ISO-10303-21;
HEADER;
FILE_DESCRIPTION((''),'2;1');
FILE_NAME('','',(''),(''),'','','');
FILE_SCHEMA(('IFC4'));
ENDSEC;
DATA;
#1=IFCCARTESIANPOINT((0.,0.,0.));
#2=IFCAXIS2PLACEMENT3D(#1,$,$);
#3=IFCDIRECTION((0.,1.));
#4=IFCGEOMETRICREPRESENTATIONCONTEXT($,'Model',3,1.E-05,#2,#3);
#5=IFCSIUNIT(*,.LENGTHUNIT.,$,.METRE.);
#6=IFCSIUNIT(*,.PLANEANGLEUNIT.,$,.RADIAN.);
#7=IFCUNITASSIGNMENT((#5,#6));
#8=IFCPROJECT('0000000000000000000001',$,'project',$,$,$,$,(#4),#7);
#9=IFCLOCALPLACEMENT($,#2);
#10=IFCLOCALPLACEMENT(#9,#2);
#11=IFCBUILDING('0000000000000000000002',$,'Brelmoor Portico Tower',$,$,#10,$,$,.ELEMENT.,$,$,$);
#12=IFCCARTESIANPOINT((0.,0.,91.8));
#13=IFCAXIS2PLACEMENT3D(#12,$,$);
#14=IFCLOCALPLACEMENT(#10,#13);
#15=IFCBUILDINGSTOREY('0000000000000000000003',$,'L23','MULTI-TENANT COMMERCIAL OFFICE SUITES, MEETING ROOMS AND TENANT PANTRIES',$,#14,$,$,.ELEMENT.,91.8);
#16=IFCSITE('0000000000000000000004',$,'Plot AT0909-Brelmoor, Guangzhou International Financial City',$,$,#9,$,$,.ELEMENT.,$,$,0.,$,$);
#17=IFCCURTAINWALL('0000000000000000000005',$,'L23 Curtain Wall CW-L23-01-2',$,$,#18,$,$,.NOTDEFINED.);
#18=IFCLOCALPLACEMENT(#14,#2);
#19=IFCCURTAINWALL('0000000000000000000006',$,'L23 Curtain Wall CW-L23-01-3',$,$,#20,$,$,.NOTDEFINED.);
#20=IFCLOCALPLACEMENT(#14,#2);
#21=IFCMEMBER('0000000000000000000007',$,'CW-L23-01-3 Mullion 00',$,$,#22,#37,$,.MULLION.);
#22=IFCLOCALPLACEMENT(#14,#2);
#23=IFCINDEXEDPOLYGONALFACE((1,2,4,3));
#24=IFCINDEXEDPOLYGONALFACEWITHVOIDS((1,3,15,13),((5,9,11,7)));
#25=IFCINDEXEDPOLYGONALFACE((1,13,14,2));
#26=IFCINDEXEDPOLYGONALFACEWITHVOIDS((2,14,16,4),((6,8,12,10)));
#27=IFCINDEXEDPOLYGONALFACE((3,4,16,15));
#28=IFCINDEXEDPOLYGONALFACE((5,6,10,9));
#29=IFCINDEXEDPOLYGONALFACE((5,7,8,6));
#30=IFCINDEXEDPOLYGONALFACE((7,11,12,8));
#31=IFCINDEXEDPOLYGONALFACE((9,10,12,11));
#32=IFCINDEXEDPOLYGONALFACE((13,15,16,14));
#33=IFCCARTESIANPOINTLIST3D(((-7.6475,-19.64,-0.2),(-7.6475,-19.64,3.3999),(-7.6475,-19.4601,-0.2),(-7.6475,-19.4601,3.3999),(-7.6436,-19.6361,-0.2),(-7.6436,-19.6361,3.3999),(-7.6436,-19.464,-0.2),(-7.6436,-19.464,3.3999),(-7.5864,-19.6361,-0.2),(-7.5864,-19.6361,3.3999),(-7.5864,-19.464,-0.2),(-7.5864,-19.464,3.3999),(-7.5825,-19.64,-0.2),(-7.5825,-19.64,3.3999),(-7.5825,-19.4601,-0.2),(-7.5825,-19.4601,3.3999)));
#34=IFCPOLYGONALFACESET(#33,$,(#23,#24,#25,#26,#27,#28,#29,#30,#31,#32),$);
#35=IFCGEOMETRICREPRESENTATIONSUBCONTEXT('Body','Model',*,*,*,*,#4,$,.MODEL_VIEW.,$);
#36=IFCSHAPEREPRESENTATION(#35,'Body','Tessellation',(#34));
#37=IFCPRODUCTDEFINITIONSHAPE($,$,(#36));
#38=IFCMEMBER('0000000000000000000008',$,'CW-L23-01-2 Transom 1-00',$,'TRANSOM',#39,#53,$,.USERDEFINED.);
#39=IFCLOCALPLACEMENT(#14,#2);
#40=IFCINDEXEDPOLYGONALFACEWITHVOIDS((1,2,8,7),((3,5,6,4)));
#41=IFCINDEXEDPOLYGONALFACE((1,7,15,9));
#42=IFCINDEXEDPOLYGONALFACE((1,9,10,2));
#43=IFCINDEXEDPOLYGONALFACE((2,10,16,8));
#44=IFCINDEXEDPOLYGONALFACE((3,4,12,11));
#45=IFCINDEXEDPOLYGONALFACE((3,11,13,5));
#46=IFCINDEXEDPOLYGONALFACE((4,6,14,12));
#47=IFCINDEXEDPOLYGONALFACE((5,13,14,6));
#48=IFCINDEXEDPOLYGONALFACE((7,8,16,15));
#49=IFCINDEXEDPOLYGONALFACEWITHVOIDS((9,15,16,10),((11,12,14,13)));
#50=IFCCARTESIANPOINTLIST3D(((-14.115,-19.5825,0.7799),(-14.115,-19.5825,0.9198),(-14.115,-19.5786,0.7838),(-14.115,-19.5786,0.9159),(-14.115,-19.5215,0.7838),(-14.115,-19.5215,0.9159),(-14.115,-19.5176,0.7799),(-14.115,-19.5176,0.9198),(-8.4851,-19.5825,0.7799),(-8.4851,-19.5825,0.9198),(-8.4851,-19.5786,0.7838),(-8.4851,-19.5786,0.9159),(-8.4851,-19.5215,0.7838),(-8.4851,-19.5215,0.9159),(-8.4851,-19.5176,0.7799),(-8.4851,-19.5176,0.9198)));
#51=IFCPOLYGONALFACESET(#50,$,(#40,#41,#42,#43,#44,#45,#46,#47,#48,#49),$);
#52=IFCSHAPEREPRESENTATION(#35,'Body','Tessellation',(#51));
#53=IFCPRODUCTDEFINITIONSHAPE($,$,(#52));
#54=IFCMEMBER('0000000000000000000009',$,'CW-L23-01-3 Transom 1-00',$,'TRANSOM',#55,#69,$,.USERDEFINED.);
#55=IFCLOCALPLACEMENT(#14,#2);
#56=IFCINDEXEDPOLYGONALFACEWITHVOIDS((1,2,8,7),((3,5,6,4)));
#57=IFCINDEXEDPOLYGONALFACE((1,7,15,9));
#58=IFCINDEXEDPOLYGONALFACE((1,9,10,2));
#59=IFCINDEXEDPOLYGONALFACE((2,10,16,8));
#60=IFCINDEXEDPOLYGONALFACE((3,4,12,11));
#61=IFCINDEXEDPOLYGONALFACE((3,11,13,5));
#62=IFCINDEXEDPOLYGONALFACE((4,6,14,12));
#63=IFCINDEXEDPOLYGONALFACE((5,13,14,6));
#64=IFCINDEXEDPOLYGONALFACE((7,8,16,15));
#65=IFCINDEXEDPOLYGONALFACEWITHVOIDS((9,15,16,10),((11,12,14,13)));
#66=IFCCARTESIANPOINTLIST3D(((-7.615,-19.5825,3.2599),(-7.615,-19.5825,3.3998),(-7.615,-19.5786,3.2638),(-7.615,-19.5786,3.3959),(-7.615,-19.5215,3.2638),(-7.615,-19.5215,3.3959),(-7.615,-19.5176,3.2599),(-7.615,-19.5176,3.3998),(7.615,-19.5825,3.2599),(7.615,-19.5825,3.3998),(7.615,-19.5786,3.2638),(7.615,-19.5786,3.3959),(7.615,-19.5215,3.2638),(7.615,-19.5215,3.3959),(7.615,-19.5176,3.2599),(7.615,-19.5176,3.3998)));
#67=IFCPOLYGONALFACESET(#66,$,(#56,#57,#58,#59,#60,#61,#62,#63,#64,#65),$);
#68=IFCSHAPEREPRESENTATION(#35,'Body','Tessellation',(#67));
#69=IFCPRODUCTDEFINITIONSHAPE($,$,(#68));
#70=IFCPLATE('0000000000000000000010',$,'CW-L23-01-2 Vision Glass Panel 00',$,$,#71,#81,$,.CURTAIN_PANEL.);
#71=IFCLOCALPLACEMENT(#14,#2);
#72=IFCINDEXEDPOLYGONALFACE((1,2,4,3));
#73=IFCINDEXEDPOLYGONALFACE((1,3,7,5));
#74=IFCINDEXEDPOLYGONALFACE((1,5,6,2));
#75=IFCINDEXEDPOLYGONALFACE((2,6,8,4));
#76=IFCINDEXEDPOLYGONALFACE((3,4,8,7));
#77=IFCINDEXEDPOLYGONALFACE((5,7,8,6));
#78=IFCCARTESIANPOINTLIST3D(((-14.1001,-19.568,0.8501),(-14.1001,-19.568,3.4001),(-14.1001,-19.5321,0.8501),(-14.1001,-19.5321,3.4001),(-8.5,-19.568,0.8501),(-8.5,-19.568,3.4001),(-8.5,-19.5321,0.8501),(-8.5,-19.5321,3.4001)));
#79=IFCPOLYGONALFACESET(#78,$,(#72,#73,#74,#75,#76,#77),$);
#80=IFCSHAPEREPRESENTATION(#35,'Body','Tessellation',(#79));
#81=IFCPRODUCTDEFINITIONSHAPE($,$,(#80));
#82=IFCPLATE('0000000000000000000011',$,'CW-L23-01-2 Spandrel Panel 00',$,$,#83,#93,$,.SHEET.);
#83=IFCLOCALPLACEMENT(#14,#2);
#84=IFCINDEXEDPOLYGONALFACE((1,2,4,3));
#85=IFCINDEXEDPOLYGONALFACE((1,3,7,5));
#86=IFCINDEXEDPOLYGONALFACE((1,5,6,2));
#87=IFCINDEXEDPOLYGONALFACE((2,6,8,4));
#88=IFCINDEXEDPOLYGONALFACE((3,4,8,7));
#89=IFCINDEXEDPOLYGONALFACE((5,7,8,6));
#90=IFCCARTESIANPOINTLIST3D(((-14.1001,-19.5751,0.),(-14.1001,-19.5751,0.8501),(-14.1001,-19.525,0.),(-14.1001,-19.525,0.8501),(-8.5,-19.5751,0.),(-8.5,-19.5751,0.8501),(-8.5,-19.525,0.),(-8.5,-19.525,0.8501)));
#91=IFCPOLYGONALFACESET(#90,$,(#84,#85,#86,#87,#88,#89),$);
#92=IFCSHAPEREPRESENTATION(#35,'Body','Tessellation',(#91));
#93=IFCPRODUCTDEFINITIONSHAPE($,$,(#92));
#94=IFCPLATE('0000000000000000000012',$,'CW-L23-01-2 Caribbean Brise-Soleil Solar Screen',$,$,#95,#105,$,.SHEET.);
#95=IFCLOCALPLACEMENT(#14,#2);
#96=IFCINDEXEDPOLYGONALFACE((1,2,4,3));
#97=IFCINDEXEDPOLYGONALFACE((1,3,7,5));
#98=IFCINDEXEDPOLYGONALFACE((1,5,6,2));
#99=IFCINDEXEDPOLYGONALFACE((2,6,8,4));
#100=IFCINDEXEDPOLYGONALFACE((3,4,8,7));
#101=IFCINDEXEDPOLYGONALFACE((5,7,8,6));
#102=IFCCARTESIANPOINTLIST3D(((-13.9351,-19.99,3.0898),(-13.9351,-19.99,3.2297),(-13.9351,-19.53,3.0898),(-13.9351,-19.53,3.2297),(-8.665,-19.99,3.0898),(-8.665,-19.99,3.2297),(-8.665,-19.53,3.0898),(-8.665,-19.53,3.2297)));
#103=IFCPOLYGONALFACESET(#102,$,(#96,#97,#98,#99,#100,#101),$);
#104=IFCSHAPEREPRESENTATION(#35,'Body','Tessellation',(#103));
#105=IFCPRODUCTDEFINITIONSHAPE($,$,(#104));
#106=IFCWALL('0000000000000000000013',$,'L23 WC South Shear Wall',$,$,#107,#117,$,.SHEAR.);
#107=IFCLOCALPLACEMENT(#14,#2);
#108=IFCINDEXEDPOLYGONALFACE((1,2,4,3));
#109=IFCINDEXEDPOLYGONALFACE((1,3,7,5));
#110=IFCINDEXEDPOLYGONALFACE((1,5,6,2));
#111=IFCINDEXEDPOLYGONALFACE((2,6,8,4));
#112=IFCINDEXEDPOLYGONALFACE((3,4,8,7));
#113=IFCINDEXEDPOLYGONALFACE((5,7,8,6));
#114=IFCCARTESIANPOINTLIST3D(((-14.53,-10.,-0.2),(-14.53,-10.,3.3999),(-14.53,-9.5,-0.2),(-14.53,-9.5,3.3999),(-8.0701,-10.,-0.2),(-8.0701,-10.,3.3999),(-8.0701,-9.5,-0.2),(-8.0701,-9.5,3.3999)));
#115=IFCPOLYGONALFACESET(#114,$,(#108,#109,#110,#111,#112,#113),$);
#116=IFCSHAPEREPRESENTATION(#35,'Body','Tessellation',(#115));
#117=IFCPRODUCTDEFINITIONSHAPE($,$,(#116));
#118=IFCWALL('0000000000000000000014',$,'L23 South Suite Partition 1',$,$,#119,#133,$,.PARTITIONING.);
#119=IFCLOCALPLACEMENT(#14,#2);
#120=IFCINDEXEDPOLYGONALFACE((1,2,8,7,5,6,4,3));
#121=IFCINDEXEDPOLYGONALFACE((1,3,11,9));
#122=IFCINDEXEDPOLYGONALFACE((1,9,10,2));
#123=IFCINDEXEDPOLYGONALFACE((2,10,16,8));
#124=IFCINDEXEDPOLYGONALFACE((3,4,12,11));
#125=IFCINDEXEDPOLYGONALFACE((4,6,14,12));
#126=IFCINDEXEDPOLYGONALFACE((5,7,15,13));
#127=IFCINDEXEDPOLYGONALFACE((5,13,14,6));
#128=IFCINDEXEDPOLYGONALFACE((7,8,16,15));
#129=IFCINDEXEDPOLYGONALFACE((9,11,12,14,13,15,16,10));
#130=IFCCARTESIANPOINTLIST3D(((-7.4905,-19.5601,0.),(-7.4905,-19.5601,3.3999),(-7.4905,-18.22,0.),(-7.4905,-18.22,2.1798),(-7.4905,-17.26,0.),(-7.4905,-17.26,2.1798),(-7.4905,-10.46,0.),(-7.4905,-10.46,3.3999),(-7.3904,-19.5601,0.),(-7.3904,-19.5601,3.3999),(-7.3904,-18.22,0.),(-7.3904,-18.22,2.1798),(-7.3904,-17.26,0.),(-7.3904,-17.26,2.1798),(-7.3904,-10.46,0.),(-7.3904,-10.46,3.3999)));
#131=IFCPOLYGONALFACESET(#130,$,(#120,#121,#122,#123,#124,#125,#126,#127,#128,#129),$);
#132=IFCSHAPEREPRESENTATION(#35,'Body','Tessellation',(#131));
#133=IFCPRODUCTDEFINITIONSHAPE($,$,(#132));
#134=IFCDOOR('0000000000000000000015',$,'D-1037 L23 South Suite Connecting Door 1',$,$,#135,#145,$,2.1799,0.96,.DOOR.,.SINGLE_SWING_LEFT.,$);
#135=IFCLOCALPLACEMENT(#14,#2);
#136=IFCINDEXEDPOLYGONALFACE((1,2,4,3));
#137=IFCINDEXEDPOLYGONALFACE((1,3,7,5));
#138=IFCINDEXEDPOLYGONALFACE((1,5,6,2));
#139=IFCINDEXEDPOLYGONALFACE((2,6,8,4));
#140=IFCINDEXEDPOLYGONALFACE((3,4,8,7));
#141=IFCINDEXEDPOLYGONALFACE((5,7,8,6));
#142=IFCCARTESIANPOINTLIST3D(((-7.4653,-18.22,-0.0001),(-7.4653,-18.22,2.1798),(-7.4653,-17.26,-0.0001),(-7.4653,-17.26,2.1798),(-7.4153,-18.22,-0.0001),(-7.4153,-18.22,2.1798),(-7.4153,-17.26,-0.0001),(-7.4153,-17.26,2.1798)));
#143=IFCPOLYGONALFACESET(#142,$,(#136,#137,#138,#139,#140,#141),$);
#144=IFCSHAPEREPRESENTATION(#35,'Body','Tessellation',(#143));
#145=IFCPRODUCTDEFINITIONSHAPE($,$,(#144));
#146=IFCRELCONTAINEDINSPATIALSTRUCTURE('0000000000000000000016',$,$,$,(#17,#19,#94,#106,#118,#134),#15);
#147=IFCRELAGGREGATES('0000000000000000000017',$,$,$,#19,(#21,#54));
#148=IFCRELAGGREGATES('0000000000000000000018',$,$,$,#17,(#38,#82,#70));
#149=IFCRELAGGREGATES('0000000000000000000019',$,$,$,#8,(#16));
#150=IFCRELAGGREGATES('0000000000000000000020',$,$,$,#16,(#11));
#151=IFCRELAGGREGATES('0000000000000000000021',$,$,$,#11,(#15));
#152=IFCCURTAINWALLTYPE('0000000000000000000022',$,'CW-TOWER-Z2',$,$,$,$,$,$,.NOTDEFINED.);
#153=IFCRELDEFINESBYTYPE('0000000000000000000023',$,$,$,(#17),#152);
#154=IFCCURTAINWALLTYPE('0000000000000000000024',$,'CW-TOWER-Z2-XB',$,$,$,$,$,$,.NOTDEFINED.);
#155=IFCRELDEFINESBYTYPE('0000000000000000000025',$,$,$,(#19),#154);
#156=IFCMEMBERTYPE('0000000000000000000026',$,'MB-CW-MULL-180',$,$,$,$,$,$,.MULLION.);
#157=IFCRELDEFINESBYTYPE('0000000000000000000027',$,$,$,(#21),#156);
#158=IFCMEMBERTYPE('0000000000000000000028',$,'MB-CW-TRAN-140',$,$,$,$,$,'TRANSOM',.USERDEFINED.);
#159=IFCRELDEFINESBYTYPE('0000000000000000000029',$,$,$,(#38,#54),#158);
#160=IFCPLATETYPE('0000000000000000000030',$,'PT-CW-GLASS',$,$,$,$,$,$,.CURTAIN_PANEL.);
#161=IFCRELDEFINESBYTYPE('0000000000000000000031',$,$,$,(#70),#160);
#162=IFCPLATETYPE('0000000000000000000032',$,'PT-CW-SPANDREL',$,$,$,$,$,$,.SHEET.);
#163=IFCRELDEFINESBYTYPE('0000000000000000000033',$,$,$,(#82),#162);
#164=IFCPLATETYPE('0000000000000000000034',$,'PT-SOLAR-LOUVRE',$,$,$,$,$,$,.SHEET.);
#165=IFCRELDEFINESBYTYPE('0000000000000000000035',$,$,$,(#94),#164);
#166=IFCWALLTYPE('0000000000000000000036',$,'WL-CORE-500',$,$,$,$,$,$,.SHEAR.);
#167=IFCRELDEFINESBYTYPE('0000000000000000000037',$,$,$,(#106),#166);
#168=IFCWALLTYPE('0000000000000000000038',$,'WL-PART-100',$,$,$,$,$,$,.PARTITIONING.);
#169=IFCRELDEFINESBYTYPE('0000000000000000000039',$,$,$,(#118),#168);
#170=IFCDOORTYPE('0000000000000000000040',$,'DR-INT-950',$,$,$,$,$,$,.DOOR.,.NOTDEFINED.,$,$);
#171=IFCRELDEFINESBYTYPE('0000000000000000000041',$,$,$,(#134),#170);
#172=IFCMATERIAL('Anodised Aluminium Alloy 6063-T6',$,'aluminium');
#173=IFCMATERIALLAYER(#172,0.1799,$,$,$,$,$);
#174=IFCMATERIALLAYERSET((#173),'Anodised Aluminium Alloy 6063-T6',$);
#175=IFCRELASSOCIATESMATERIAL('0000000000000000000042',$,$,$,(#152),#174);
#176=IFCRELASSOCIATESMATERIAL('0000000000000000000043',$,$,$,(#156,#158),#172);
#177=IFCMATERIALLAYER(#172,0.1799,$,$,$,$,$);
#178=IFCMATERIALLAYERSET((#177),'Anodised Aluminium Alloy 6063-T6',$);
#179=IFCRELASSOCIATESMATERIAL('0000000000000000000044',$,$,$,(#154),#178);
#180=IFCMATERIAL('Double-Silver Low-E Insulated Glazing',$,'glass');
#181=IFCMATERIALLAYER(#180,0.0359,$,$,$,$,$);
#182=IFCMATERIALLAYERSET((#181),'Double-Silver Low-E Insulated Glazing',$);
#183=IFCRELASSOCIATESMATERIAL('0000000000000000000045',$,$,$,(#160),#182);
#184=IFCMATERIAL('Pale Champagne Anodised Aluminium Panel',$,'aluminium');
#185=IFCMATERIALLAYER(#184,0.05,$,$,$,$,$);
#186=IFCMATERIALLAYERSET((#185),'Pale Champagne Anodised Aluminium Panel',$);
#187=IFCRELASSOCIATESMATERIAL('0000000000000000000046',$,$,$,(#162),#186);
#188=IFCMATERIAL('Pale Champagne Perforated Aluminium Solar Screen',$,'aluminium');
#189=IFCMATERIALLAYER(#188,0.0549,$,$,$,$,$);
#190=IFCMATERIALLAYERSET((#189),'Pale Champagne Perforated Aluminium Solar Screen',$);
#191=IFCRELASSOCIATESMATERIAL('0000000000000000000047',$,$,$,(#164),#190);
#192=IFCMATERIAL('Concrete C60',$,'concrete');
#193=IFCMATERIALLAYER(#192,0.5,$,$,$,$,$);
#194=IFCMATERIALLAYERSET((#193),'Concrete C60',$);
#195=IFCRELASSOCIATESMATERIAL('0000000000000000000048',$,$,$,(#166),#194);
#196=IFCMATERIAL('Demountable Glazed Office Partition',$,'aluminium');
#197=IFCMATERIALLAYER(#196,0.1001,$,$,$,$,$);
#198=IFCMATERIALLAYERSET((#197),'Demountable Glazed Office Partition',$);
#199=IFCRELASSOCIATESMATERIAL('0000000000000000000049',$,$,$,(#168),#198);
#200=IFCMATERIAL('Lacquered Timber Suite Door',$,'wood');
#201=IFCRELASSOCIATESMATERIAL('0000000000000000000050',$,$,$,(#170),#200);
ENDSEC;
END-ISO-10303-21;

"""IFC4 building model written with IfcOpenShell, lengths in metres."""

from ifc_helpers import new_model, si_unit, direction, frame, frame_2d, origin, origin_2d, place, context, subcontext, project, spatial, rectangle, hollow_rectangle, extrude, material, layer, layer_set, material_profile, profile_set, type_object, element, fill, aggregate, save


model = new_model("IFC4")

# Units and contexts
model_context = context("Model", 3, precision=1e-05, world=origin(), true_north=direction((0.0, 1.0)))
body_context = subcontext(model_context, "Body", "Model", "MODEL_VIEW")
ifc_project = project(units=[si_unit("LENGTHUNIT", "METRE"), si_unit("PLANEANGLEUNIT", "RADIAN")], contexts=[model_context])

# Site, building, storey
site_placement = place(None, origin())
site = spatial("IfcSite", under=ifc_project, at=site_placement, Name="Plot AT0909-Brelmoor, Guangzhou International Financial City", CompositionType="ELEMENT", RefElevation=0.0)
building_placement = place(site_placement, origin())
building = spatial("IfcBuilding", under=site, at=building_placement, Name="Brelmoor Portico Tower", CompositionType="ELEMENT")
storey_placement = place(building_placement, frame((0.0, 0.0, 91.8)))
storey = spatial("IfcBuildingStorey", under=building, at=storey_placement, Name="L23", Description="MULTI-TENANT COMMERCIAL OFFICE SUITES, MEETING ROOMS AND TENANT PANTRIES", CompositionType="ELEMENT", Elevation=91.8)

# Curtain wall
ifc_material_1 = material(Name="Anodised Aluminium Alloy 6063-T6", Category="aluminium")
ifc_layer_1 = layer(ifc_material_1, 0.1799)
ifc_layer_set_1 = layer_set([ifc_layer_1], Name="Anodised Aluminium Alloy 6063-T6")
curtain_wall_type_1 = type_object("IfcCurtainWallType", Name="CW-TOWER-Z2", PredefinedType="NOTDEFINED", material=ifc_layer_set_1)
curtain_wall_1_placement = place(storey_placement, origin())
curtain_wall_1 = element("IfcCurtainWall", 1, at=curtain_wall_1_placement, inside=storey, type_object=curtain_wall_type_1, Name="L23 Curtain Wall CW-L23-01-2", PredefinedType="NOTDEFINED")
ifc_material_profile_1 = material_profile(ifc_material_1, hollow_rectangle(XDim=0.0649, YDim=0.1799, WallThickness=0.0039, at=origin_2d()), Name="ALU MULLION 65x180")
ifc_profile_set_1 = profile_set([ifc_material_profile_1], Name="Anodised Aluminium Alloy 6063-T6")
member_type_1 = type_object("IfcMemberType", Name="MB-CW-MULL-180", PredefinedType="MULLION", material=ifc_profile_set_1)

# Curtain wall, member
ifc_layer_2 = layer(ifc_material_1, 0.1799)
ifc_layer_set_2 = layer_set([ifc_layer_2], Name="Anodised Aluminium Alloy 6063-T6")
curtain_wall_type_2 = type_object("IfcCurtainWallType", Name="CW-TOWER-Z2-XB", PredefinedType="NOTDEFINED", material=ifc_layer_set_2)
curtain_wall_2_placement = place(storey_placement, origin())
curtain_wall_2 = element("IfcCurtainWall", 2, at=curtain_wall_2_placement, inside=storey, type_object=curtain_wall_type_2, Name="L23 Curtain Wall CW-L23-01-3", PredefinedType="NOTDEFINED")
member_1_placement = place(storey_placement, frame((-7.615, -19.55, -0.2), z_axis=(0.0, 0.0, 1.0), x_axis=(1.0, 0.0, 0.0)))
member_1 = element("IfcMember", 3, at=member_1_placement, type_object=member_type_1, Name="CW-L23-01-3 Mullion 00", PredefinedType="MULLION", context=body_context, shape_type="SweptSolid", body=[
    extrude(hollow_rectangle(XDim=0.0649, YDim=0.1799, WallThickness=0.0039, at=origin_2d()), origin(), (0.0, 0.0, 1.0), 3.5999),
])

# Members
ifc_material_profile_2 = material_profile(ifc_material_1, hollow_rectangle(XDim=0.0649, YDim=0.1399, WallThickness=0.0039, at=origin_2d()), Name="ALU TRANSOM 65x140")
ifc_profile_set_2 = profile_set([ifc_material_profile_2], Name="Anodised Aluminium Alloy 6063-T6")
member_type_2 = type_object("IfcMemberType", Name="MB-CW-TRAN-140", ElementType="TRANSOM", PredefinedType="USERDEFINED", material=ifc_profile_set_2)
member_2_placement = place(storey_placement, frame((-14.115, -19.55, 0.8499), z_axis=(1.0, 0.0, 0.0), x_axis=(0.0, 1.0, 0.0)))
member_2 = element("IfcMember", 4, at=member_2_placement, type_object=member_type_2, Name="CW-L23-01-2 Transom 1-00", ObjectType="TRANSOM", PredefinedType="USERDEFINED", context=body_context, shape_type="SweptSolid", body=[
    extrude(hollow_rectangle(XDim=0.0649, YDim=0.1399, WallThickness=0.0039, at=origin_2d()), origin(), (0.0, 0.0, 1.0), 5.6299),
])
member_3_placement = place(storey_placement, frame((-7.615, -19.55, 3.3298), z_axis=(1.0, 0.0, 0.0), x_axis=(0.0, 1.0, 0.0)))
member_3 = element("IfcMember", 5, at=member_3_placement, type_object=member_type_2, Name="CW-L23-01-3 Transom 1-00", ObjectType="TRANSOM", PredefinedType="USERDEFINED", context=body_context, shape_type="SweptSolid", body=[
    extrude(hollow_rectangle(XDim=0.0649, YDim=0.1399, WallThickness=0.0039, at=origin_2d()), origin(), (0.0, 0.0, 1.0), 15.23),
])
aggregate(curtain_wall_2, [member_1, member_3])

# Plates
ifc_material_2 = material(Name="Double-Silver Low-E Insulated Glazing", Category="glass")
ifc_layer_3 = layer(ifc_material_2, 0.0359)
ifc_layer_set_3 = layer_set([ifc_layer_3], Name="Double-Silver Low-E Insulated Glazing")
plate_type_1 = type_object("IfcPlateType", Name="PT-CW-GLASS", PredefinedType="CURTAIN_PANEL", material=ifc_layer_set_3)
plate_1_placement = place(storey_placement, frame((-11.3, -19.55, 0.8501), z_axis=(0.0, 0.0, 1.0), x_axis=(1.0, 0.0, 0.0)))
plate_1 = element("IfcPlate", 6, at=plate_1_placement, type_object=plate_type_1, Name="CW-L23-01-2 Vision Glass Panel 00", PredefinedType="CURTAIN_PANEL", context=body_context, shape_type="SweptSolid", body=[
    extrude(rectangle(XDim=5.6001, YDim=0.0359, at=origin_2d()), origin(), (0.0, 0.0, 1.0), 2.55),
])
ifc_material_3 = material(Name="Pale Champagne Anodised Aluminium Panel", Category="aluminium")
ifc_layer_4 = layer(ifc_material_3, 0.05)
ifc_layer_set_4 = layer_set([ifc_layer_4], Name="Pale Champagne Anodised Aluminium Panel")
plate_type_2 = type_object("IfcPlateType", Name="PT-CW-SPANDREL", PredefinedType="SHEET", material=ifc_layer_set_4)
plate_2_placement = place(storey_placement, frame((-11.3, -19.55, 0.0), z_axis=(0.0, 0.0, 1.0), x_axis=(1.0, 0.0, 0.0)))
plate_2 = element("IfcPlate", 7, at=plate_2_placement, type_object=plate_type_2, Name="CW-L23-01-2 Spandrel Panel 00", PredefinedType="SHEET", context=body_context, shape_type="SweptSolid", body=[
    extrude(rectangle(XDim=5.6001, YDim=0.05, at=origin_2d()), origin(), (0.0, 0.0, 1.0), 0.8501),
])
aggregate(curtain_wall_1, [member_2, plate_2, plate_1])
ifc_material_4 = material(Name="Pale Champagne Perforated Aluminium Solar Screen", Category="aluminium")
ifc_layer_5 = layer(ifc_material_4, 0.0549)
ifc_layer_set_5 = layer_set([ifc_layer_5], Name="Pale Champagne Perforated Aluminium Solar Screen")
plate_type_3 = type_object("IfcPlateType", Name="PT-SOLAR-LOUVRE", PredefinedType="SHEET", material=ifc_layer_set_5)
plate_3_placement = place(storey_placement, frame((-11.3, -19.76, 3.0898), z_axis=(0.0, 0.0, 1.0), x_axis=(1.0, 0.0, 0.0)))
element("IfcPlate", 8, at=plate_3_placement, inside=storey, type_object=plate_type_3, Name="CW-L23-01-2 Caribbean Brise-Soleil Solar Screen", PredefinedType="SHEET", context=body_context, shape_type="SweptSolid", body=[
    extrude(rectangle(XDim=5.27, YDim=0.46, at=origin_2d()), origin(), (0.0, 0.0, 1.0), 0.1399),
])

# Wall
ifc_material_5 = material(Name="Concrete C60", Category="concrete")
ifc_layer_6 = layer(ifc_material_5, 0.5)
ifc_layer_set_6 = layer_set([ifc_layer_6], Name="Concrete C60")
wall_type_1 = type_object("IfcWallType", Name="WL-CORE-500", PredefinedType="SHEAR", material=ifc_layer_set_6)
wall_1_placement = place(storey_placement, frame((-14.53, -9.75, -0.2), z_axis=(0.0, 0.0, 1.0), x_axis=(1.0, 0.0, 0.0)))
element("IfcWall", 9, at=wall_1_placement, inside=storey, type_object=wall_type_1, Name="L23 WC South Shear Wall", PredefinedType="SHEAR", context=body_context, shape_type="SweptSolid", body=[
    extrude(rectangle(XDim=6.46, YDim=0.5, at=frame_2d((3.23, 0.0))), origin(), (0.0, 0.0, 1.0), 3.5999),
])

# Wall, opening, door
ifc_material_6 = material(Name="Demountable Glazed Office Partition", Category="aluminium")
ifc_layer_7 = layer(ifc_material_6, 0.1001)
ifc_layer_set_7 = layer_set([ifc_layer_7], Name="Demountable Glazed Office Partition")
wall_type_2 = type_object("IfcWallType", Name="WL-PART-100", PredefinedType="PARTITIONING", material=ifc_layer_set_7)
wall_2_placement = place(storey_placement, frame((-7.4404, -19.5601, 0.0), z_axis=(0.0, 0.0, 1.0), x_axis=(0.0, 1.0, 0.0)))
wall_2 = element("IfcWall", 10, at=wall_2_placement, inside=storey, type_object=wall_type_2, Name="L23 South Suite Partition 1", PredefinedType="PARTITIONING", context=body_context, shape_type="SweptSolid", body=[
    extrude(rectangle(XDim=9.1001, YDim=0.1001, at=frame_2d((4.55, 0.0))), origin(), (0.0, 0.0, 1.0), 3.3999),
])
opening_1_placement = place(wall_2_placement, frame((1.3401, 0.0, 0.0)))
opening_1 = element("IfcOpeningElement", 11, at=opening_1_placement, cuts=wall_2, PredefinedType="OPENING", context=body_context, shape_type="SweptSolid", body=[
    extrude(rectangle(XDim=0.96, YDim=2.1799, at=frame_2d((0.48, 1.0898))), frame((0.0, 0.0601, 0.0), z_axis=(0.0, -1.0, 0.0), x_axis=(1.0, 0.0, 0.0)), (0.0, 0.0, 1.0), 0.1201),
])
ifc_material_7 = material(Name="Lacquered Timber Suite Door", Category="wood")
door_type_1 = type_object("IfcDoorType", Name="DR-INT-950", OperationType="NOTDEFINED", PredefinedType="DOOR", material=ifc_material_7)
door_1_placement = place(opening_1_placement, origin())
door_1 = element("IfcDoor", 12, at=door_1_placement, inside=storey, type_object=door_type_1, Name="D-1037 L23 South Suite Connecting Door 1", OperationType="SINGLE_SWING_LEFT", OverallHeight=2.1799, OverallWidth=0.96, PredefinedType="DOOR", context=body_context, shape_type="SweptSolid", body=[
    extrude(rectangle(XDim=0.96, YDim=2.1799, at=frame_2d((0.48, 1.0898))), frame((0.0, 0.0249, 0.0), z_axis=(0.0, -1.0, 0.0), x_axis=(1.0, 0.0, 0.0)), (0.0, 0.0, 1.0), 0.05),
])
fill(opening_1, door_1)

save(model, "model.ifc")
